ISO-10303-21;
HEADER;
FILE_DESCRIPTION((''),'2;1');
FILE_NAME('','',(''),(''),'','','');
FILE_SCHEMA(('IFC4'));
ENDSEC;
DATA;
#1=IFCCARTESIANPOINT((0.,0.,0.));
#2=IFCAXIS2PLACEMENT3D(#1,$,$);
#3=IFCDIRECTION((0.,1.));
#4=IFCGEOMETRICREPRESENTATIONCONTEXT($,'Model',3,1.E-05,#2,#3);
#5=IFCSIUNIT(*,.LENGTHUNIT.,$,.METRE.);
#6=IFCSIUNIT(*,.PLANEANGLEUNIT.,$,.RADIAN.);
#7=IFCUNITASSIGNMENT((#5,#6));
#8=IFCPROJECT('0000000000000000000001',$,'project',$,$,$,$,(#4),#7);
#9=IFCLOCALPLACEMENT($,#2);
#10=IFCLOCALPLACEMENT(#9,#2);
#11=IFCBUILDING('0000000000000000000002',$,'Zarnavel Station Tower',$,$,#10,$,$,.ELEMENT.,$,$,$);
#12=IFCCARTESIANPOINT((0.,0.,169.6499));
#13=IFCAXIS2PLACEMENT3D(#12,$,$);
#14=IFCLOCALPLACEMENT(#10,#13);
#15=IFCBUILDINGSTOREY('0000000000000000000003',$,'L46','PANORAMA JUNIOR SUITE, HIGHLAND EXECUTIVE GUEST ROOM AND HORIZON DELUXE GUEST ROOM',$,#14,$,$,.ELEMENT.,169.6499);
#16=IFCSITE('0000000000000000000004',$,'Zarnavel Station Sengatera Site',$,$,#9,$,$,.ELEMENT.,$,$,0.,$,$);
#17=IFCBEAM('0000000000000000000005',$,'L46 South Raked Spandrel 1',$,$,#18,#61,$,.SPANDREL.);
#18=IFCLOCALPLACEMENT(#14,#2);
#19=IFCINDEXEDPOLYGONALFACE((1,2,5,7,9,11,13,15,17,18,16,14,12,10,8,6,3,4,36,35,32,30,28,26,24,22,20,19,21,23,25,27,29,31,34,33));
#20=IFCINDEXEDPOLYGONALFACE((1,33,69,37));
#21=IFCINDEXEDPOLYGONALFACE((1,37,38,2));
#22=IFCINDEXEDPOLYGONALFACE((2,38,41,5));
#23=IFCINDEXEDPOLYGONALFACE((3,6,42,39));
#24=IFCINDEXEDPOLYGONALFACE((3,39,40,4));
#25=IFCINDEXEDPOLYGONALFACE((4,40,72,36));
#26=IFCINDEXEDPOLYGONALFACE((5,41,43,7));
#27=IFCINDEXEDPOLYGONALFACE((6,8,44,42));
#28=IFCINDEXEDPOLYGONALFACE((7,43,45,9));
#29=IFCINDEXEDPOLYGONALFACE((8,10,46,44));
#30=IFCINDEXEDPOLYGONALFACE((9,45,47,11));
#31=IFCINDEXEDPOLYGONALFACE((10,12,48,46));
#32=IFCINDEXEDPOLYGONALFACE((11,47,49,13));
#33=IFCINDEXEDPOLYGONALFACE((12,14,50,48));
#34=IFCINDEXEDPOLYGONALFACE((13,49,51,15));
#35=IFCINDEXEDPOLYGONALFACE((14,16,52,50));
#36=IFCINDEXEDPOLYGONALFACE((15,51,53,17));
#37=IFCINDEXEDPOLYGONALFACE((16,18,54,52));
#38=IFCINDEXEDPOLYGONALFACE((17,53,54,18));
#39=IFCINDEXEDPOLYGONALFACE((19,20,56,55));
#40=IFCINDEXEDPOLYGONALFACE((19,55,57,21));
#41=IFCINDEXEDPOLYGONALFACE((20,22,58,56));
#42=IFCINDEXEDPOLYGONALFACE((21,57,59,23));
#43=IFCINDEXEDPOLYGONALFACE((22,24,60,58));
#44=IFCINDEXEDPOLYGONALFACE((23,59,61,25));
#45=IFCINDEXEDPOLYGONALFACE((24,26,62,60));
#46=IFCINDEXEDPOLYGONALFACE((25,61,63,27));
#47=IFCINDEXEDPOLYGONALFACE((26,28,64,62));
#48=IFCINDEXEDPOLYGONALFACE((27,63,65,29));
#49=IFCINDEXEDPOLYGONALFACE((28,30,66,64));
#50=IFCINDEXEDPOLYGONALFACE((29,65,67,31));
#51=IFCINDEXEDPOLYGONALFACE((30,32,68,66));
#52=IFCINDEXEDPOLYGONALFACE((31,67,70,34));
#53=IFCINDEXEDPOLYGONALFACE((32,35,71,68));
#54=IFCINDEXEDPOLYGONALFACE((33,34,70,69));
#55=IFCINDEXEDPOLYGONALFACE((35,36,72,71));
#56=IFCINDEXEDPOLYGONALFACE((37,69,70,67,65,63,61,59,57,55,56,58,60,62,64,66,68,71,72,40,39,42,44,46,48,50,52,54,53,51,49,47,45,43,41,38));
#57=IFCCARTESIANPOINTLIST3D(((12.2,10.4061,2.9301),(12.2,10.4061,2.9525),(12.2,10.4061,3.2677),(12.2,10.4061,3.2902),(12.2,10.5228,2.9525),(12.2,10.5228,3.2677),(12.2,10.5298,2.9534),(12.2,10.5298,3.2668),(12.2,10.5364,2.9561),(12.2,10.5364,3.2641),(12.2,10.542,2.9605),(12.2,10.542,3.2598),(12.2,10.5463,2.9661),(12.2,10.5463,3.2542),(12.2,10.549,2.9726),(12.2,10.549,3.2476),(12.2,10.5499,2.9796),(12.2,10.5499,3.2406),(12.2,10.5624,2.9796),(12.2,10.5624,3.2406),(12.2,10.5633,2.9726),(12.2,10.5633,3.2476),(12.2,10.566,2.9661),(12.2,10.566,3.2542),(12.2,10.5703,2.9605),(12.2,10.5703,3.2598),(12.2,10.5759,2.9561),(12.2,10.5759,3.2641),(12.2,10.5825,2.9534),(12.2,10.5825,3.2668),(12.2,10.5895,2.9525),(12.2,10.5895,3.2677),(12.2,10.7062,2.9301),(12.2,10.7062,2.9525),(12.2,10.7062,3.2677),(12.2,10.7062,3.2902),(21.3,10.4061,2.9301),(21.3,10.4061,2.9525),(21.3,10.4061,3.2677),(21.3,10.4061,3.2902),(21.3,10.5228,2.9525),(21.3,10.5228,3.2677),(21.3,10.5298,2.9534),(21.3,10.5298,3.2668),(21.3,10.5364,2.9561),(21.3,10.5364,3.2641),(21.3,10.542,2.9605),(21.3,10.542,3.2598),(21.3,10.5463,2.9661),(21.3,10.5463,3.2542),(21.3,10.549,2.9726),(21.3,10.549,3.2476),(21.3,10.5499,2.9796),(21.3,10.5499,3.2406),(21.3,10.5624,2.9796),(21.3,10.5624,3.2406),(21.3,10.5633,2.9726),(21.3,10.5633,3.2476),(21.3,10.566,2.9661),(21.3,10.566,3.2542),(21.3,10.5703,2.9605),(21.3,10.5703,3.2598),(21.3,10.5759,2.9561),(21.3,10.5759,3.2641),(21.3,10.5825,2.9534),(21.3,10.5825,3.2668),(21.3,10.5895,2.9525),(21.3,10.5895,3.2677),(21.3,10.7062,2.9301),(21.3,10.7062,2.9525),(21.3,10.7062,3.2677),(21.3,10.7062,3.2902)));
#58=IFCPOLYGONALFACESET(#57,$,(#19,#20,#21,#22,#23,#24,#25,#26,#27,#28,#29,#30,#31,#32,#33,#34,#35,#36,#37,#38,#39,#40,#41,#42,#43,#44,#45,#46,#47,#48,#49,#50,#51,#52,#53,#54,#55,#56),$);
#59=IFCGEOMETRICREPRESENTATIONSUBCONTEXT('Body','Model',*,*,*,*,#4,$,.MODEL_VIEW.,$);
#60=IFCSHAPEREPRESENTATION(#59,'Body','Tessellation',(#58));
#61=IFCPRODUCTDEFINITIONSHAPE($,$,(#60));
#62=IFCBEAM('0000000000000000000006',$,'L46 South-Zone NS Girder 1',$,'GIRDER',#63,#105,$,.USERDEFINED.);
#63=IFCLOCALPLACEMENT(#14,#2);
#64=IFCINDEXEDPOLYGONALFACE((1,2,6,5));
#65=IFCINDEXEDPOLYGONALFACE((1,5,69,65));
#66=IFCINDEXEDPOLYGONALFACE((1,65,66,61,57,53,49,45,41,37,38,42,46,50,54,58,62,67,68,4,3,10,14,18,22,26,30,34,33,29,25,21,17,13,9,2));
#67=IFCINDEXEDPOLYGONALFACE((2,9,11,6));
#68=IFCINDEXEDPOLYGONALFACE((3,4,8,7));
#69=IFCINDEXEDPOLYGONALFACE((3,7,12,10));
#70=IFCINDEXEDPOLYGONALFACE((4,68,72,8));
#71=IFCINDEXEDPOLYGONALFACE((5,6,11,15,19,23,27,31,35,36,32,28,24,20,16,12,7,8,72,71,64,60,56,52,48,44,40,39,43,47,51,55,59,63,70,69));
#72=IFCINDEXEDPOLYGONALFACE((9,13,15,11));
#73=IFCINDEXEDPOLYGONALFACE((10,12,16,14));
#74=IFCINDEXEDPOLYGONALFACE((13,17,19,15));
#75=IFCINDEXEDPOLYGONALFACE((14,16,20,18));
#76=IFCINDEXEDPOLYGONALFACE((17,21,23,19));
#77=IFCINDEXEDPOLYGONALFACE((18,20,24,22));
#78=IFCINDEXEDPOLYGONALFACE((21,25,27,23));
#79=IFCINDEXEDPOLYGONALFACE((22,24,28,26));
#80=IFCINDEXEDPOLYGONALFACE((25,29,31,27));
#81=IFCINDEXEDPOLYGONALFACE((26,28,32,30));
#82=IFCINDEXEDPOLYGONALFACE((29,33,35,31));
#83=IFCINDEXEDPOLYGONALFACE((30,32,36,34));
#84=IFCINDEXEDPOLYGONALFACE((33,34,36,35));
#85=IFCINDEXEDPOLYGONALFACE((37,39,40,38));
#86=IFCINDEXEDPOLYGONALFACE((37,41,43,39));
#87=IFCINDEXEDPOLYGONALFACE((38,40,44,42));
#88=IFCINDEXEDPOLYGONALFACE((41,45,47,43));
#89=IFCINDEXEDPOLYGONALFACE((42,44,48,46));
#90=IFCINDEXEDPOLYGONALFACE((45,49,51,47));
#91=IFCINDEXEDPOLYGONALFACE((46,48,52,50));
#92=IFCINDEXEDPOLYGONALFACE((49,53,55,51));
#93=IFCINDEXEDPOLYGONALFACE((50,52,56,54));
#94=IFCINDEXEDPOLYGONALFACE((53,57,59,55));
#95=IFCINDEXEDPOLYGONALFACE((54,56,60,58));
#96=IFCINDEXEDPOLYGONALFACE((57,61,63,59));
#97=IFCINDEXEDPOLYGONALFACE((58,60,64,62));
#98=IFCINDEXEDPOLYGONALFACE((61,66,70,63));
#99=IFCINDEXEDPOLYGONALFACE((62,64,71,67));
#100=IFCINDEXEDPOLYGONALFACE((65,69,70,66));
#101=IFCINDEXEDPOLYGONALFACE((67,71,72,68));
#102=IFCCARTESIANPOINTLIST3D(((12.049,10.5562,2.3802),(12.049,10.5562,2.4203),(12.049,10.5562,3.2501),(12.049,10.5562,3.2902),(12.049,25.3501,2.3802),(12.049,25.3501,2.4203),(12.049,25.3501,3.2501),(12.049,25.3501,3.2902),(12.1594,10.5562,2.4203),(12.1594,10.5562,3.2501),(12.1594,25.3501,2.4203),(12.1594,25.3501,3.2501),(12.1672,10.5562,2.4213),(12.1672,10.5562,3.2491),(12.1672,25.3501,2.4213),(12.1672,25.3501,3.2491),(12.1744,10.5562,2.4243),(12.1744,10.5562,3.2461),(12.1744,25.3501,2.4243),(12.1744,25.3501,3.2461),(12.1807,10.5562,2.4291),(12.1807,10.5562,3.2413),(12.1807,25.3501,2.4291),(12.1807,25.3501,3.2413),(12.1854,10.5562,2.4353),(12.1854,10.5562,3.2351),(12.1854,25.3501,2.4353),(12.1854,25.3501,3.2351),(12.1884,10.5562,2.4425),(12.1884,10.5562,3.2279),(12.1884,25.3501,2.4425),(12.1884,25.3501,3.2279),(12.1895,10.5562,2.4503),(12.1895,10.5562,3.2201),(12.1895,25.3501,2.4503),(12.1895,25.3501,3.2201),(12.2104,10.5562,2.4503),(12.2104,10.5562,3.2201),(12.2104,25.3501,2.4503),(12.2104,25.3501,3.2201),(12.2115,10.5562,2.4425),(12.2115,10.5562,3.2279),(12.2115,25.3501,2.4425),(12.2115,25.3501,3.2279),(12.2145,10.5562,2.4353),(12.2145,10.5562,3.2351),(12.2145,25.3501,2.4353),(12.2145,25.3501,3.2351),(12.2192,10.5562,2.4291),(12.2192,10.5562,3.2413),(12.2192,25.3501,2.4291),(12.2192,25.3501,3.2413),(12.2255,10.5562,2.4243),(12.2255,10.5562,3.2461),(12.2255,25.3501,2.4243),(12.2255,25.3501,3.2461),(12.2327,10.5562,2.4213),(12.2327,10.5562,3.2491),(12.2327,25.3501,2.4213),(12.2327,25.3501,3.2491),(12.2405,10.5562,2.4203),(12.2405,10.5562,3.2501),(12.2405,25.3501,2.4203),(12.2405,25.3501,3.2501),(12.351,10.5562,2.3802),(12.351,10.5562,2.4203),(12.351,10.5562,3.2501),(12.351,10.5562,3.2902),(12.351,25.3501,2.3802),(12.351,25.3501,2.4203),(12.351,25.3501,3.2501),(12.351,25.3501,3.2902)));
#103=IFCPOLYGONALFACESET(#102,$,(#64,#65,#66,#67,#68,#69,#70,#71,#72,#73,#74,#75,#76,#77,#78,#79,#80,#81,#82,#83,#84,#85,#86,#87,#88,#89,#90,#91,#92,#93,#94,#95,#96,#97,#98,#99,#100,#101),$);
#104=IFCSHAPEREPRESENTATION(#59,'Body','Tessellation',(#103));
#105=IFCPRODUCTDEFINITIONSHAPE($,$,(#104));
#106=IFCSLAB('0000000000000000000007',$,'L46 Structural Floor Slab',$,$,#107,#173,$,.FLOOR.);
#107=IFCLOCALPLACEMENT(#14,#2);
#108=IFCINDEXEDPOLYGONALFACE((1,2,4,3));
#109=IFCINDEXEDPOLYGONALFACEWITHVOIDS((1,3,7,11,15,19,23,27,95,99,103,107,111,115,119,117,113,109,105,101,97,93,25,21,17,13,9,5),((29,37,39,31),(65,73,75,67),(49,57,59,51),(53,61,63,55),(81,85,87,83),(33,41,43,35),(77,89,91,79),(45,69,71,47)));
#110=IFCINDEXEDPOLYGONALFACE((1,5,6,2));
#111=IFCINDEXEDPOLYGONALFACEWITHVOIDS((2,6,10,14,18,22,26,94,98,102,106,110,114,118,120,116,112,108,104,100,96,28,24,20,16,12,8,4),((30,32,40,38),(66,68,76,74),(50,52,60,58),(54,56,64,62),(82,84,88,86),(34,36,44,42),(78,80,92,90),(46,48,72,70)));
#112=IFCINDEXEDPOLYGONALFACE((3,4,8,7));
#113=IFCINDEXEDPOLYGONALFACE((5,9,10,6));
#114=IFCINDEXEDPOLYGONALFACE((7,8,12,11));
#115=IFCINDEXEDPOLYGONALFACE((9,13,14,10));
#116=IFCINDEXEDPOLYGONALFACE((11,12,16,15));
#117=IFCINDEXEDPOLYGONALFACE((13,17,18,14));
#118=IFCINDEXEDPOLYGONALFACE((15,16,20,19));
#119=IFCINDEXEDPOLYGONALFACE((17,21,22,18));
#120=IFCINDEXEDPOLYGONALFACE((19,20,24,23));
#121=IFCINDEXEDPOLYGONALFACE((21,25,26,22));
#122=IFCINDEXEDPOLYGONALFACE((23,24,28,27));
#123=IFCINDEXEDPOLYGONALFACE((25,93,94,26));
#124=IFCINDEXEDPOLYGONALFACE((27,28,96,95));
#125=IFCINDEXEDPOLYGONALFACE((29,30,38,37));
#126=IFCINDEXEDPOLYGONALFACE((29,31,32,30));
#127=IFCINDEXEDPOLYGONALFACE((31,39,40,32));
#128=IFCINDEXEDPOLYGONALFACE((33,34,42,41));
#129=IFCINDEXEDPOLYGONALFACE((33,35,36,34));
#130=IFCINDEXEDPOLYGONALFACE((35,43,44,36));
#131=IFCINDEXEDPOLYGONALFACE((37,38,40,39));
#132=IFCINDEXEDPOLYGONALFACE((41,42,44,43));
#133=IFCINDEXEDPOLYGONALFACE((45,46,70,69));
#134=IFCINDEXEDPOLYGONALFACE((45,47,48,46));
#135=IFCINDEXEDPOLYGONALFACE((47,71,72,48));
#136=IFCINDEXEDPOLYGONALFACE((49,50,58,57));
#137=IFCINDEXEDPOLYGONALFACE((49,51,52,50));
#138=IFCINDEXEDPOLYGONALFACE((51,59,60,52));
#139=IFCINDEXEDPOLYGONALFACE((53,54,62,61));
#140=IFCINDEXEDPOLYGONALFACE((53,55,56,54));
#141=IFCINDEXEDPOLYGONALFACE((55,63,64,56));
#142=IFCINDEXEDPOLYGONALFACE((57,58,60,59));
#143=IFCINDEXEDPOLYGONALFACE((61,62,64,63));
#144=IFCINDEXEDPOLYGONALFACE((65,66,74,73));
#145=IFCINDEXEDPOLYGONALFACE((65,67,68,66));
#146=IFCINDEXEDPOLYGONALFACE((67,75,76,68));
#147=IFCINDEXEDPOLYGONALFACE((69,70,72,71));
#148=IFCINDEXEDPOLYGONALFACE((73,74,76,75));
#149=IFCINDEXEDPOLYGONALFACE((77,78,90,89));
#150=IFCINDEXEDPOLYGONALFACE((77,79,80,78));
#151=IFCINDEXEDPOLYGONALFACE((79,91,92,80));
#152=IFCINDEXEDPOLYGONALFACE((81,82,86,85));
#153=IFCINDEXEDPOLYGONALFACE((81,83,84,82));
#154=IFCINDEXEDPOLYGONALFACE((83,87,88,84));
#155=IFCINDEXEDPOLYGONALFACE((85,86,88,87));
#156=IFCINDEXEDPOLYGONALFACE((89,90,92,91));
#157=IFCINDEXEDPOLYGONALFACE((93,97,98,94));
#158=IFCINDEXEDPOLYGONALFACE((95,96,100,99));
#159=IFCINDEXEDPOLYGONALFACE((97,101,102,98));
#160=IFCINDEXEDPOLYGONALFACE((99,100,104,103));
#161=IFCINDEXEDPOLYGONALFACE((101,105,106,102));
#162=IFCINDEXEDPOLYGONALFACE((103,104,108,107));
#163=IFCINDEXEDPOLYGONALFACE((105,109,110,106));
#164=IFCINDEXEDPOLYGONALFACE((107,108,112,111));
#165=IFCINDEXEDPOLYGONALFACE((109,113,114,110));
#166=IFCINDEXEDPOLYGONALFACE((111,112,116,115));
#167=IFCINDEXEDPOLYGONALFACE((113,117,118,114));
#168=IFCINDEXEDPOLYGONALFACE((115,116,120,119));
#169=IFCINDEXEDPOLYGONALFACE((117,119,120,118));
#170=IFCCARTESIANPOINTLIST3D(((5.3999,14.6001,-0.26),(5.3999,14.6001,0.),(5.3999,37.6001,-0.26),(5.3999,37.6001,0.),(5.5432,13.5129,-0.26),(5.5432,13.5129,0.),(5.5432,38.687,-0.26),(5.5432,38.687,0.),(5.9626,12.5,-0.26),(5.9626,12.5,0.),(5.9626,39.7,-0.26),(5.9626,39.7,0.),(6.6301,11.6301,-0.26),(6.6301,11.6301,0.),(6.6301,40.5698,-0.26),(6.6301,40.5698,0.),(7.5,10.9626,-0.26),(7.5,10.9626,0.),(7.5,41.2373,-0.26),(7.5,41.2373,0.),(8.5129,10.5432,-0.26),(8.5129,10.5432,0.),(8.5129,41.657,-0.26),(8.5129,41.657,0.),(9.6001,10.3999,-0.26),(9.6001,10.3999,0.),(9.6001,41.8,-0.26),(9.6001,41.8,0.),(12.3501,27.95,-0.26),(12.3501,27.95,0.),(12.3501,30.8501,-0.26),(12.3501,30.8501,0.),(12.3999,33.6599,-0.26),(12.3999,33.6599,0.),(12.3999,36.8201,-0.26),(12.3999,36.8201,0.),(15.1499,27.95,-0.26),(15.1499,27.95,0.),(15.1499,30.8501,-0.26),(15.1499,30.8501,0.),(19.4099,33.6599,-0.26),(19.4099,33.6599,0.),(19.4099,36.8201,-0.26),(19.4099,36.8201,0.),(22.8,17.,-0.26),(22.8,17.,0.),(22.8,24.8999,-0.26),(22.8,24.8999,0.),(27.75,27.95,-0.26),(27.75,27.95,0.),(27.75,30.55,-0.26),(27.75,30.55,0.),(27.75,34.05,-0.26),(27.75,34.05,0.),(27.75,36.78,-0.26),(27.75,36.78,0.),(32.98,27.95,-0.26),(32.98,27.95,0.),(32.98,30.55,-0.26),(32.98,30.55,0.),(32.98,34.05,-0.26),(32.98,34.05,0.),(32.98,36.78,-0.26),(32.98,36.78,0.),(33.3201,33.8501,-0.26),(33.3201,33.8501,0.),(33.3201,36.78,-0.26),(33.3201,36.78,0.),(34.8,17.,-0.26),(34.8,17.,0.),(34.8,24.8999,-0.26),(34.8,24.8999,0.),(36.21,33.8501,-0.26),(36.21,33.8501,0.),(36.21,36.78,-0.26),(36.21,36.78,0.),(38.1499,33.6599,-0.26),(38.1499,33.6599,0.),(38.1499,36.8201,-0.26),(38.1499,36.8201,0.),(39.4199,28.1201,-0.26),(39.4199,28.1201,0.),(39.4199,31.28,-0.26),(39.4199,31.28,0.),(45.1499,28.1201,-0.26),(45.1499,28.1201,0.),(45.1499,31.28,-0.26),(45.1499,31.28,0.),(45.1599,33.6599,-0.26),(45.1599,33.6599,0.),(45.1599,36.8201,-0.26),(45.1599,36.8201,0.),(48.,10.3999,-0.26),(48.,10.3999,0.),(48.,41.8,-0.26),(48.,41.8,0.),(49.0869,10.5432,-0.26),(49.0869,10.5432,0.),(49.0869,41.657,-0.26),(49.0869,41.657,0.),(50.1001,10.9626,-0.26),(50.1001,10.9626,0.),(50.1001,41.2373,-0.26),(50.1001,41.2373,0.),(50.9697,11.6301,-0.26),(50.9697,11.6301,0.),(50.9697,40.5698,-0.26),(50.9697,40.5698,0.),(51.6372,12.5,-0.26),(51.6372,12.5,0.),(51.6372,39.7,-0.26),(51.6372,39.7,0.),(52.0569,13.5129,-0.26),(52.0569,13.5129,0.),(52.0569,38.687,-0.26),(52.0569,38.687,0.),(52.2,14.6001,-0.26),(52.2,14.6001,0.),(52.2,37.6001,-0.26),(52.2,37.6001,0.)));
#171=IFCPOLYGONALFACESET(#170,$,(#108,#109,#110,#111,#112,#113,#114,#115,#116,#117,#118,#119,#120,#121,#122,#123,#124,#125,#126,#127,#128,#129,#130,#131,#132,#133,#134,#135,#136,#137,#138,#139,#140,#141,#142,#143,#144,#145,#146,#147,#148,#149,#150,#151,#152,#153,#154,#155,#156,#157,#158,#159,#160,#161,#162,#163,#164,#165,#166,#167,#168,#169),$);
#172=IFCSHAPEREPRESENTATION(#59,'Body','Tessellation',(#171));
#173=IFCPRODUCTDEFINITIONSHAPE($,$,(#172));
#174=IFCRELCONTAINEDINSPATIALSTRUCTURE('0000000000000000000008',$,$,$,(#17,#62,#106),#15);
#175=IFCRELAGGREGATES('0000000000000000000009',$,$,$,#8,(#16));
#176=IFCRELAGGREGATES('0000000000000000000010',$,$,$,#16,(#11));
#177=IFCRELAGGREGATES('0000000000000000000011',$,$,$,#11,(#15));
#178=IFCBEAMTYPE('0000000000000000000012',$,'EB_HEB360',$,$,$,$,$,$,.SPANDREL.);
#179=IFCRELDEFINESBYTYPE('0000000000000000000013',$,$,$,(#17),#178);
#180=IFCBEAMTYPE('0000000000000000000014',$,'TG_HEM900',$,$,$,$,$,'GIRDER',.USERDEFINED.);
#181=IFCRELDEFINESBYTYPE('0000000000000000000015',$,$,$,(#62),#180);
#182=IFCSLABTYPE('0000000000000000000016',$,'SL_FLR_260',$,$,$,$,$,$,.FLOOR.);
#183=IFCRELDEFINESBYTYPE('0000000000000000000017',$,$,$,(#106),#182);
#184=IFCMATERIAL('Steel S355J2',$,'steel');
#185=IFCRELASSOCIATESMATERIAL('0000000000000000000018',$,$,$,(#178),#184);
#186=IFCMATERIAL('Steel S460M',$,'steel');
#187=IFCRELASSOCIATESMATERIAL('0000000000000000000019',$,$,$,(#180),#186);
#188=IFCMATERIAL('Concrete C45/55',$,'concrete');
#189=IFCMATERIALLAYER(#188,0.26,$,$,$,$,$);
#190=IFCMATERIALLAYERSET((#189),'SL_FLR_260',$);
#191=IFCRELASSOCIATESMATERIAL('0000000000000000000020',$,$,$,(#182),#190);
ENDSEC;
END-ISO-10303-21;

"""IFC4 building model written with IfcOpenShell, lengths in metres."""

from ifc_helpers import new_model, si_unit, direction, frame, origin, origin_2d, place, context, subcontext, project, spatial, polyline, i_section, outline, extrude, material, layer, layer_set, material_profile, profile_set, type_object, element, save


model = new_model("IFC4")

# Units and contexts
model_context = context("Model", 3, precision=1e-05, world=origin(), true_north=direction((0.0, 1.0)))
body_context = subcontext(model_context, "Body", "Model", "MODEL_VIEW")
ifc_project = project(units=[si_unit("LENGTHUNIT", "METRE"), si_unit("PLANEANGLEUNIT", "RADIAN")], contexts=[model_context])

# Site, building, storey
site_placement = place(None, origin())
site = spatial("IfcSite", under=ifc_project, at=site_placement, Name="Zarnavel Station Sengatera Site", CompositionType="ELEMENT", RefElevation=0.0)
building_placement = place(site_placement, origin())
building = spatial("IfcBuilding", under=site, at=building_placement, Name="Zarnavel Station Tower", CompositionType="ELEMENT")
storey_placement = place(building_placement, frame((0.0, 0.0, 169.6499)))
storey = spatial("IfcBuildingStorey", under=building, at=storey_placement, Name="L46", Description="PANORAMA JUNIOR SUITE, HIGHLAND EXECUTIVE GUEST ROOM AND HORIZON DELUXE GUEST ROOM", CompositionType="ELEMENT", Elevation=169.6499)

# Beams
ifc_material_1 = material(Name="Steel S355J2", Category="steel")
ifc_material_profile_1 = material_profile(ifc_material_1, i_section(OverallWidth=0.3, OverallDepth=0.3601, WebThickness=0.0125, FlangeThickness=0.0225, FilletRadius=0.0271, at=origin_2d()), Name="HEB360")
ifc_profile_set_1 = profile_set([ifc_material_profile_1], Name="Steel S355J2")
beam_type_1 = type_object("IfcBeamType", Name="EB_HEB360", PredefinedType="SPANDREL", material=ifc_profile_set_1)
beam_1_placement = place(storey_placement, frame((12.2, 10.5562, 3.1101), z_axis=(1.0, 0.0, 0.0), x_axis=(0.0, 1.0, 0.0)))
element("IfcBeam", 1, at=beam_1_placement, inside=storey, type_object=beam_type_1, Name="L46 South Raked Spandrel 1", PredefinedType="SPANDREL", context=body_context, shape_type="SweptSolid", body=[
    extrude(i_section(OverallWidth=0.3, OverallDepth=0.3601, WebThickness=0.0125, FlangeThickness=0.0225, FilletRadius=0.0271, at=origin_2d()), origin(), (0.0, 0.0, 1.0), 9.1001),
])
ifc_material_2 = material(Name="Steel S460M", Category="steel")
ifc_material_profile_2 = material_profile(ifc_material_2, i_section(OverallWidth=0.302, OverallDepth=0.9099, WebThickness=0.021, FlangeThickness=0.04, FilletRadius=0.03, at=origin_2d()), Name="HEM900")
ifc_profile_set_2 = profile_set([ifc_material_profile_2], Name="Steel S460M")
beam_type_2 = type_object("IfcBeamType", Name="TG_HEM900", ElementType="GIRDER", PredefinedType="USERDEFINED", material=ifc_profile_set_2)
beam_2_placement = place(storey_placement, frame((12.2, 10.5562, 2.8352), z_axis=(0.0, 1.0, 0.0), x_axis=(-1.0, 0.0, 0.0)))
element("IfcBeam", 2, at=beam_2_placement, inside=storey, type_object=beam_type_2, Name="L46 South-Zone NS Girder 1", ObjectType="GIRDER", PredefinedType="USERDEFINED", context=body_context, shape_type="SweptSolid", body=[
    extrude(i_section(OverallWidth=0.302, OverallDepth=0.9099, WebThickness=0.021, FlangeThickness=0.04, FilletRadius=0.03, at=origin_2d()), origin(), (0.0, 0.0, 1.0), 14.7939),
])

# Slab
ifc_material_3 = material(Name="Concrete C45/55", Category="concrete")
ifc_layer_1 = layer(ifc_material_3, 0.26)
ifc_layer_set_1 = layer_set([ifc_layer_1], Name="SL_FLR_260")
slab_type_1 = type_object("IfcSlabType", Name="SL_FLR_260", PredefinedType="FLOOR", material=ifc_layer_set_1)
slab_1_placement = place(storey_placement, frame((0.0, 0.0, -0.26)))
element("IfcSlab", 3, at=slab_1_placement, inside=storey, type_object=slab_type_1, Name="L46 Structural Floor Slab", PredefinedType="FLOOR", context=body_context, shape_type="SweptSolid", body=[
    extrude(outline(polyline([(48.0, 10.3999), (49.0869, 10.5432), (50.1001, 10.9626), (50.9697, 11.6301), (51.6372, 12.5), (52.0569, 13.5129), (52.2, 14.6001), (52.2, 37.6001), (52.0569, 38.687), (51.6372, 39.7), (50.9697, 40.5698), (50.1001, 41.2373), (49.0869, 41.657), (48.0, 41.8), (9.6001, 41.8), (8.5129, 41.657), (7.5, 41.2373), (6.6301, 40.5698), (5.9626, 39.7), (5.5432, 38.687), (5.3999, 37.6001), (5.3999, 14.6001), (5.5432, 13.5129), (5.9626, 12.5), (6.6301, 11.6301), (7.5, 10.9626), (8.5129, 10.5432), (9.6001, 10.3999), (48.0, 10.3999)]), holes=[polyline([(12.3999, 33.6599), (19.4099, 33.6599), (19.4099, 36.8201), (12.3999, 36.8201), (12.3999, 33.6599)]), polyline([(38.1499, 33.6599), (45.1599, 33.6599), (45.1599, 36.8201), (38.1499, 36.8201), (38.1499, 33.6599)]), polyline([(39.4199, 28.1201), (45.1499, 28.1201), (45.1499, 31.28), (39.4199, 31.28), (39.4199, 28.1201)]), polyline([(12.3501, 27.95), (15.1499, 27.95), (15.1499, 30.8501), (12.3501, 30.8501), (12.3501, 27.95)]), polyline([(33.3201, 33.8501), (36.21, 33.8501), (36.21, 36.78), (33.3201, 36.78), (33.3201, 33.8501)]), polyline([(27.75, 34.05), (32.98, 34.05), (32.98, 36.78), (27.75, 36.78), (27.75, 34.05)]), polyline([(27.75, 27.95), (32.98, 27.95), (32.98, 30.55), (27.75, 30.55), (27.75, 27.95)]), polyline([(22.8, 17.0), (34.8, 17.0), (34.8, 24.8999), (22.8, 24.8999), (22.8, 17.0)])]), origin(), (0.0, 0.0, 1.0), 0.26),
])

save(model, "model.ifc")
